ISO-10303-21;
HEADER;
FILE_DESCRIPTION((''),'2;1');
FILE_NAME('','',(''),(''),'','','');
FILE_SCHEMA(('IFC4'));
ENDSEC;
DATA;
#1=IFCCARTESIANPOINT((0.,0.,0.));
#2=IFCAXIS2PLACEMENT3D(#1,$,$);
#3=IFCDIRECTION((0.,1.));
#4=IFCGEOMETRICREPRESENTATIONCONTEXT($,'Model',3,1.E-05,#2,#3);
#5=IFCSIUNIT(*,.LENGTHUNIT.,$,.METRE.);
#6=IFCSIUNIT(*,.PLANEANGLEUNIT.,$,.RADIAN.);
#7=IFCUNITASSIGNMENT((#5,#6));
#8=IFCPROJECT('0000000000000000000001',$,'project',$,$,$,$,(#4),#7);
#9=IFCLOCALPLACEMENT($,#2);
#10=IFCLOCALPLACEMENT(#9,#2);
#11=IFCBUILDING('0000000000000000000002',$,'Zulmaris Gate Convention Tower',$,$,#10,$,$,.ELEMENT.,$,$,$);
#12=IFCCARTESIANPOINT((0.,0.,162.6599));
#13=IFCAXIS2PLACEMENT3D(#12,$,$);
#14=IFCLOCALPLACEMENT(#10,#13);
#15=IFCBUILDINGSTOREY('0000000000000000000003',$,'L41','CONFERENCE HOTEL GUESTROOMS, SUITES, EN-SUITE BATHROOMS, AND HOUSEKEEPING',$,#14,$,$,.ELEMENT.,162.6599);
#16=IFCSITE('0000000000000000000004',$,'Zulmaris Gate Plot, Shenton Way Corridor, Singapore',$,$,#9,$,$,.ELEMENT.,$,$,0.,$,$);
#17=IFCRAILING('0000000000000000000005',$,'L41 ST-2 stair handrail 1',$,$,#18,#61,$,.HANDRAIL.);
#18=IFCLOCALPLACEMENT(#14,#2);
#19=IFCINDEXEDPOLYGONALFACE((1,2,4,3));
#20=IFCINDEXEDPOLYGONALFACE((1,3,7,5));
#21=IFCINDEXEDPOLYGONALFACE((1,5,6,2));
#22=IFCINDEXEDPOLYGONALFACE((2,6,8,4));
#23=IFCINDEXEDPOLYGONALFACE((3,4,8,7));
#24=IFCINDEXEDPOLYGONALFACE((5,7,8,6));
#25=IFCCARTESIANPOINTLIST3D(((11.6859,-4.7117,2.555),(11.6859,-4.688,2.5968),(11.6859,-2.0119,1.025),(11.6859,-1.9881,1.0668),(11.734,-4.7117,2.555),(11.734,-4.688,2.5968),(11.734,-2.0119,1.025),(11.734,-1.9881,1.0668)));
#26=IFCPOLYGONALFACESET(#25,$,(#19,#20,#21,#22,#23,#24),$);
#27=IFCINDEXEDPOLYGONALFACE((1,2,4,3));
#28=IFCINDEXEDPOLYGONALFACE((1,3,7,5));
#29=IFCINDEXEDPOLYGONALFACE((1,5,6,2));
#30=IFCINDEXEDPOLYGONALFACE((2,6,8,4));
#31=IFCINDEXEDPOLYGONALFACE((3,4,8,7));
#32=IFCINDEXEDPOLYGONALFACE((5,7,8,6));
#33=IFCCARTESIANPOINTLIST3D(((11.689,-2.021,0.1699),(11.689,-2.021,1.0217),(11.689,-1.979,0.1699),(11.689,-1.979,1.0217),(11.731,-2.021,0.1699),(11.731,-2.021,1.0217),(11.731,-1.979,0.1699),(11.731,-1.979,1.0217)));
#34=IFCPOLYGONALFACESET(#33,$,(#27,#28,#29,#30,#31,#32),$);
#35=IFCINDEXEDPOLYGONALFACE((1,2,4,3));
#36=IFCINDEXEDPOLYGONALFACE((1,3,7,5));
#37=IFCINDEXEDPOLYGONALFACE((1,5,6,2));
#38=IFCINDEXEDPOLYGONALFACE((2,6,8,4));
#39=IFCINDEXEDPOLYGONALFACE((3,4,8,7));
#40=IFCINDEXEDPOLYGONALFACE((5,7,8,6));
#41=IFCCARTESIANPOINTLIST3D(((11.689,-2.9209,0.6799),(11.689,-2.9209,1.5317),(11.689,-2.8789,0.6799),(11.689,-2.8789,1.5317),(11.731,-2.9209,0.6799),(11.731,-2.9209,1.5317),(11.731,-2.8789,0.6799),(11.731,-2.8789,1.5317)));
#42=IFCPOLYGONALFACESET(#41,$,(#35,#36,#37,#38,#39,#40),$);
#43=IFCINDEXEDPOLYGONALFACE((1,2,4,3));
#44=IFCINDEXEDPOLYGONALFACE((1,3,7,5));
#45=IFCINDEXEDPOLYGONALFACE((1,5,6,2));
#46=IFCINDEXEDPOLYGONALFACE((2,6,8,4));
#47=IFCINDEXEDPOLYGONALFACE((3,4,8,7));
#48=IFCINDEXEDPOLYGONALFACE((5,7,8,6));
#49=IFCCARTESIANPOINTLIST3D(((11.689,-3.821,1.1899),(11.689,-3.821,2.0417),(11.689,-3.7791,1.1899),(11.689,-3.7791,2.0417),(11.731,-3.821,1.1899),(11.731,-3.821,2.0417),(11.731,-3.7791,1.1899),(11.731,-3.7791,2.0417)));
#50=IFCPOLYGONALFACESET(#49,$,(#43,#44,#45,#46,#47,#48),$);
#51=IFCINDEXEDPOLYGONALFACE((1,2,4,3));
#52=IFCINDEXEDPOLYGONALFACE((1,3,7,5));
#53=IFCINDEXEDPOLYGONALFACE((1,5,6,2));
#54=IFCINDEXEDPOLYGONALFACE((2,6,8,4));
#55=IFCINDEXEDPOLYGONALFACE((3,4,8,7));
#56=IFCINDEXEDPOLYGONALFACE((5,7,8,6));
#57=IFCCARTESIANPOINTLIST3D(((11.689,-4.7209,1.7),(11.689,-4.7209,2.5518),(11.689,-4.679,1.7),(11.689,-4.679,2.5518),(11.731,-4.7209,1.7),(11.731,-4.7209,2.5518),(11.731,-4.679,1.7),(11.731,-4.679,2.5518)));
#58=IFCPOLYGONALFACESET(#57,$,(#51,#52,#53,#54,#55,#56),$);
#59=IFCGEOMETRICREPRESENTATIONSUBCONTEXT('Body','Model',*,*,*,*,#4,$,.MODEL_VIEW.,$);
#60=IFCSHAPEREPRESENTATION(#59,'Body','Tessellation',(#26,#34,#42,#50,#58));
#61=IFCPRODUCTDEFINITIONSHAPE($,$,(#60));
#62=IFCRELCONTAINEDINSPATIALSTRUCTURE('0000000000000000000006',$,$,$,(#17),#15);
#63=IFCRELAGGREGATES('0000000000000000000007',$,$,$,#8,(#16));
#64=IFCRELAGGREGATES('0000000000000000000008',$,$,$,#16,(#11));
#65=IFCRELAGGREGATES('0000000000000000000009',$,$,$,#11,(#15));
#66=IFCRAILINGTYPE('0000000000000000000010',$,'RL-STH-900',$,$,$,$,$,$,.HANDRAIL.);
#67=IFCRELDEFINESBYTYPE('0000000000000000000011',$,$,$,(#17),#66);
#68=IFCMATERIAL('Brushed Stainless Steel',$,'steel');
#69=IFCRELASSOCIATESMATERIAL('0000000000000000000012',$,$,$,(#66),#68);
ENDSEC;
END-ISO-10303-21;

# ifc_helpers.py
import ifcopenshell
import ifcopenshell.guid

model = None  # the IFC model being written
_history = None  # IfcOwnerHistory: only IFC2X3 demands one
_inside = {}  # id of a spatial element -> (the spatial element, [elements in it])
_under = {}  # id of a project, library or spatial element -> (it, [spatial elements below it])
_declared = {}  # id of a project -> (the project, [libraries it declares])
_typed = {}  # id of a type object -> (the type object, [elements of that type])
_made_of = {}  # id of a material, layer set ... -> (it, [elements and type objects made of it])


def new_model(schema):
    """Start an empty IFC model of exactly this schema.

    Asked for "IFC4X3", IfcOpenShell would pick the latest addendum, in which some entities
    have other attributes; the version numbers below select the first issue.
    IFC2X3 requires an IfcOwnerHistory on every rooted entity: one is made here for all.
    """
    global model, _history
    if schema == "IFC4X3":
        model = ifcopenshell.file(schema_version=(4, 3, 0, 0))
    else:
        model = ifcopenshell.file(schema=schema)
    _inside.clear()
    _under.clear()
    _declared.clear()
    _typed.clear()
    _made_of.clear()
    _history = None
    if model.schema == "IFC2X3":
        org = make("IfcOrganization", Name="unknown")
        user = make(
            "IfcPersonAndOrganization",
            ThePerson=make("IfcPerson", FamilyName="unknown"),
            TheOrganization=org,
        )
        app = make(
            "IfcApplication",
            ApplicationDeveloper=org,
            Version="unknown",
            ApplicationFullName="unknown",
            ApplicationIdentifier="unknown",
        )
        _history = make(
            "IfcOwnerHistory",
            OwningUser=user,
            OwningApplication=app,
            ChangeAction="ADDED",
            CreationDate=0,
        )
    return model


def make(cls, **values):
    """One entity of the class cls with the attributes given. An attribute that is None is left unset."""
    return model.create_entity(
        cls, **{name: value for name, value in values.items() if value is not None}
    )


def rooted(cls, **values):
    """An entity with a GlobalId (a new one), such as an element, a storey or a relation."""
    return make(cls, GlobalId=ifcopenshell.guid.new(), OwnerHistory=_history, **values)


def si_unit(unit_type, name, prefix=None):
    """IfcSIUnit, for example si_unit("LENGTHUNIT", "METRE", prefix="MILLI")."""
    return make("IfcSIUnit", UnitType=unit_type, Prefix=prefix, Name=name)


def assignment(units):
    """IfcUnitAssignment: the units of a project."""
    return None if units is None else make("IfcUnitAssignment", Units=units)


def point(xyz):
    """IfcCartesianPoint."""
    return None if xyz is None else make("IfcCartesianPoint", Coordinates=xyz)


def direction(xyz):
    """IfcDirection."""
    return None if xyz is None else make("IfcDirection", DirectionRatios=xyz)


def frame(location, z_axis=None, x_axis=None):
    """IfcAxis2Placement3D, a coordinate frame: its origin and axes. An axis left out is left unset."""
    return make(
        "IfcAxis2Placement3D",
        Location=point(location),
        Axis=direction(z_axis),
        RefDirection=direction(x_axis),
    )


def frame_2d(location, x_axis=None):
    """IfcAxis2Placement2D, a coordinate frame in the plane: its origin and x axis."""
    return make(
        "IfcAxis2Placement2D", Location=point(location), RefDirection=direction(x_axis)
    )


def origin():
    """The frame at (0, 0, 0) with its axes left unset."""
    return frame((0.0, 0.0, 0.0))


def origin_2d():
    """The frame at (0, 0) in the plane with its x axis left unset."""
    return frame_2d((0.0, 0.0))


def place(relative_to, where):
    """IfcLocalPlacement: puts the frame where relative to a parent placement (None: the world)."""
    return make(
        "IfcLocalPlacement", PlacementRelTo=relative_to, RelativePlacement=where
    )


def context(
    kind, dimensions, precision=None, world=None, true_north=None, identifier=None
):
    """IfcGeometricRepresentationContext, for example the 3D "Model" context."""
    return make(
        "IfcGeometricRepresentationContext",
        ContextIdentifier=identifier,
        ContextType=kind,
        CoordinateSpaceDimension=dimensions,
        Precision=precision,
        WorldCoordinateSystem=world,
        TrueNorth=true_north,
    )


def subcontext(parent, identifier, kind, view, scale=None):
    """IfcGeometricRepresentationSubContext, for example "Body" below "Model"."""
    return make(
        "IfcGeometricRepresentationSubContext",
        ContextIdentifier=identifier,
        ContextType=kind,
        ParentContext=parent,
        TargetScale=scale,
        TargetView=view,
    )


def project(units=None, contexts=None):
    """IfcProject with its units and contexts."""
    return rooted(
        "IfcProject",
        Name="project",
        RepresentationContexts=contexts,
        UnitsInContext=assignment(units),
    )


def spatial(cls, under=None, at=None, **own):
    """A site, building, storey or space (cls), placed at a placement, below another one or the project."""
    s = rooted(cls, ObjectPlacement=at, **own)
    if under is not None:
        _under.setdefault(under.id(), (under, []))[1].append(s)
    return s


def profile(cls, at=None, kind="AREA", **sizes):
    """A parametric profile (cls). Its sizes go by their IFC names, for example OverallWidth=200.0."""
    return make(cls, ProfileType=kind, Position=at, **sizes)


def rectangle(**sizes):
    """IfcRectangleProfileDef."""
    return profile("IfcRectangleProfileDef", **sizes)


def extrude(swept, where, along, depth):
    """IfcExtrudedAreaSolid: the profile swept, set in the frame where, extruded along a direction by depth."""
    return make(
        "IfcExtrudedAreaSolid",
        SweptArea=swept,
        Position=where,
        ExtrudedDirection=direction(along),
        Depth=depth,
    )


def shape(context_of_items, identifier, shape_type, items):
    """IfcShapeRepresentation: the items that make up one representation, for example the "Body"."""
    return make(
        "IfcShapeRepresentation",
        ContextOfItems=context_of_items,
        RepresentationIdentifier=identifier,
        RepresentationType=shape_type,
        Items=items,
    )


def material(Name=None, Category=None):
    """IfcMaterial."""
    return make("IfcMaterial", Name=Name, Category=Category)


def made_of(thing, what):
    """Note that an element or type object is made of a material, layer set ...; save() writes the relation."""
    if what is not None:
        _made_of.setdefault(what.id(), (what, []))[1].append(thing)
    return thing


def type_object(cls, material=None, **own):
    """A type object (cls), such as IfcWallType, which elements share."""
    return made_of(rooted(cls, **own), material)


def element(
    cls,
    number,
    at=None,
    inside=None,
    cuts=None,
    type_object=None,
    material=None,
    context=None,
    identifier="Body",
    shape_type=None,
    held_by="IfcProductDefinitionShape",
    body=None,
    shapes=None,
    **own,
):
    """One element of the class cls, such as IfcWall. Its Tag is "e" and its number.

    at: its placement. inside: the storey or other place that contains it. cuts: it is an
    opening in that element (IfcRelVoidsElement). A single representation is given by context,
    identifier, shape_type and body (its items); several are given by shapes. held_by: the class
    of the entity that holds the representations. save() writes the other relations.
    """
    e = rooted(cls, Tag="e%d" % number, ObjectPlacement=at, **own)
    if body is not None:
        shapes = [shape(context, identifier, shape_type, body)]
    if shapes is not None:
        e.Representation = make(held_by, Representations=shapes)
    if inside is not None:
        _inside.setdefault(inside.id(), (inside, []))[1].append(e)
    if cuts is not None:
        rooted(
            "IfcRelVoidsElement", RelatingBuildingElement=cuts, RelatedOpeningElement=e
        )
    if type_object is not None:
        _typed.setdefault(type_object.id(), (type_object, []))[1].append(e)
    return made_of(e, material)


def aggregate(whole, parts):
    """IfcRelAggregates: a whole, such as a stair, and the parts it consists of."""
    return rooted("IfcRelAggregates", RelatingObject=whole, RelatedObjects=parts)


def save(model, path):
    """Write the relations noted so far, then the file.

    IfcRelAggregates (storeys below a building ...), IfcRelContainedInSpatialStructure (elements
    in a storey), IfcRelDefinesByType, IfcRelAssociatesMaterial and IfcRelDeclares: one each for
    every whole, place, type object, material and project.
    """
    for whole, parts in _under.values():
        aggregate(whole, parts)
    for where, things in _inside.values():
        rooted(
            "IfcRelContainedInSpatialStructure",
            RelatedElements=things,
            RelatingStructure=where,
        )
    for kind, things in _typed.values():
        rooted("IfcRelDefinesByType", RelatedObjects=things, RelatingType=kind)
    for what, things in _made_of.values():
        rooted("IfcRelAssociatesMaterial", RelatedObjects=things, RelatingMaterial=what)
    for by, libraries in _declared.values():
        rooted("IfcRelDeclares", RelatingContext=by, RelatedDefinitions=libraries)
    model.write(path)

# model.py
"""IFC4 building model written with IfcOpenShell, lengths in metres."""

from ifc_helpers import new_model, si_unit, direction, frame, origin, origin_2d, place, context, subcontext, project, spatial, rectangle, extrude, material, type_object, element, save


model = new_model("IFC4")

# Units and contexts
model_context = context("Model", 3, precision=1e-05, world=origin(), true_north=direction((0.0, 1.0)))
body_context = subcontext(model_context, "Body", "Model", "MODEL_VIEW")
ifc_project = project(units=[si_unit("LENGTHUNIT", "METRE"), si_unit("PLANEANGLEUNIT", "RADIAN")], contexts=[model_context])

# Site, building, storey
site_placement = place(None, origin())
site = spatial("IfcSite", under=ifc_project, at=site_placement, Name="Zulmaris Gate Plot, Shenton Way Corridor, Singapore", CompositionType="ELEMENT", RefElevation=0.0)
building_placement = place(site_placement, origin())
building = spatial("IfcBuilding", under=site, at=building_placement, Name="Zulmaris Gate Convention Tower", CompositionType="ELEMENT")
storey_placement = place(building_placement, frame((0.0, 0.0, 162.6599)))
storey = spatial("IfcBuildingStorey", under=building, at=storey_placement, Name="L41", Description="CONFERENCE HOTEL GUESTROOMS, SUITES, EN-SUITE BATHROOMS, AND HOUSEKEEPING", CompositionType="ELEMENT", Elevation=162.6599)

# Railing
ifc_material_1 = material(Name="Brushed Stainless Steel", Category="steel")
railing_type_1 = type_object("IfcRailingType", Name="RL-STH-900", PredefinedType="HANDRAIL", material=ifc_material_1)
railing_1_placement = place(storey_placement, frame((11.71, -2.0, 0.1699)))
element("IfcRailing", 1, at=railing_1_placement, inside=storey, type_object=railing_type_1, Name="L41 ST-2 stair handrail 1", PredefinedType="HANDRAIL", context=body_context, shape_type="SweptSolid", body=[
    extrude(rectangle(XDim=0.0481, YDim=0.0481, at=origin_2d()), frame((0.0, 0.0, 0.876), z_axis=(0.0, -0.870014, 0.493026), x_axis=(1.0, 0.0, 0.0)), (0.0, 0.0, 1.0), 3.1033),
    extrude(rectangle(XDim=0.042, YDim=0.042, at=origin_2d()), origin(), (0.0, 0.0, 1.0), 0.8518),
    extrude(rectangle(XDim=0.042, YDim=0.042, at=origin_2d()), frame((0.0, -0.8999, 0.51)), (0.0, 0.0, 1.0), 0.8518),
    extrude(rectangle(XDim=0.042, YDim=0.042, at=origin_2d()), frame((0.0, -1.8, 1.02)), (0.0, 0.0, 1.0), 0.8518),
    extrude(rectangle(XDim=0.042, YDim=0.042, at=origin_2d()), frame((0.0, -2.7, 1.53)), (0.0, 0.0, 1.0), 0.8518),
])

save(model, "model.ifc")
